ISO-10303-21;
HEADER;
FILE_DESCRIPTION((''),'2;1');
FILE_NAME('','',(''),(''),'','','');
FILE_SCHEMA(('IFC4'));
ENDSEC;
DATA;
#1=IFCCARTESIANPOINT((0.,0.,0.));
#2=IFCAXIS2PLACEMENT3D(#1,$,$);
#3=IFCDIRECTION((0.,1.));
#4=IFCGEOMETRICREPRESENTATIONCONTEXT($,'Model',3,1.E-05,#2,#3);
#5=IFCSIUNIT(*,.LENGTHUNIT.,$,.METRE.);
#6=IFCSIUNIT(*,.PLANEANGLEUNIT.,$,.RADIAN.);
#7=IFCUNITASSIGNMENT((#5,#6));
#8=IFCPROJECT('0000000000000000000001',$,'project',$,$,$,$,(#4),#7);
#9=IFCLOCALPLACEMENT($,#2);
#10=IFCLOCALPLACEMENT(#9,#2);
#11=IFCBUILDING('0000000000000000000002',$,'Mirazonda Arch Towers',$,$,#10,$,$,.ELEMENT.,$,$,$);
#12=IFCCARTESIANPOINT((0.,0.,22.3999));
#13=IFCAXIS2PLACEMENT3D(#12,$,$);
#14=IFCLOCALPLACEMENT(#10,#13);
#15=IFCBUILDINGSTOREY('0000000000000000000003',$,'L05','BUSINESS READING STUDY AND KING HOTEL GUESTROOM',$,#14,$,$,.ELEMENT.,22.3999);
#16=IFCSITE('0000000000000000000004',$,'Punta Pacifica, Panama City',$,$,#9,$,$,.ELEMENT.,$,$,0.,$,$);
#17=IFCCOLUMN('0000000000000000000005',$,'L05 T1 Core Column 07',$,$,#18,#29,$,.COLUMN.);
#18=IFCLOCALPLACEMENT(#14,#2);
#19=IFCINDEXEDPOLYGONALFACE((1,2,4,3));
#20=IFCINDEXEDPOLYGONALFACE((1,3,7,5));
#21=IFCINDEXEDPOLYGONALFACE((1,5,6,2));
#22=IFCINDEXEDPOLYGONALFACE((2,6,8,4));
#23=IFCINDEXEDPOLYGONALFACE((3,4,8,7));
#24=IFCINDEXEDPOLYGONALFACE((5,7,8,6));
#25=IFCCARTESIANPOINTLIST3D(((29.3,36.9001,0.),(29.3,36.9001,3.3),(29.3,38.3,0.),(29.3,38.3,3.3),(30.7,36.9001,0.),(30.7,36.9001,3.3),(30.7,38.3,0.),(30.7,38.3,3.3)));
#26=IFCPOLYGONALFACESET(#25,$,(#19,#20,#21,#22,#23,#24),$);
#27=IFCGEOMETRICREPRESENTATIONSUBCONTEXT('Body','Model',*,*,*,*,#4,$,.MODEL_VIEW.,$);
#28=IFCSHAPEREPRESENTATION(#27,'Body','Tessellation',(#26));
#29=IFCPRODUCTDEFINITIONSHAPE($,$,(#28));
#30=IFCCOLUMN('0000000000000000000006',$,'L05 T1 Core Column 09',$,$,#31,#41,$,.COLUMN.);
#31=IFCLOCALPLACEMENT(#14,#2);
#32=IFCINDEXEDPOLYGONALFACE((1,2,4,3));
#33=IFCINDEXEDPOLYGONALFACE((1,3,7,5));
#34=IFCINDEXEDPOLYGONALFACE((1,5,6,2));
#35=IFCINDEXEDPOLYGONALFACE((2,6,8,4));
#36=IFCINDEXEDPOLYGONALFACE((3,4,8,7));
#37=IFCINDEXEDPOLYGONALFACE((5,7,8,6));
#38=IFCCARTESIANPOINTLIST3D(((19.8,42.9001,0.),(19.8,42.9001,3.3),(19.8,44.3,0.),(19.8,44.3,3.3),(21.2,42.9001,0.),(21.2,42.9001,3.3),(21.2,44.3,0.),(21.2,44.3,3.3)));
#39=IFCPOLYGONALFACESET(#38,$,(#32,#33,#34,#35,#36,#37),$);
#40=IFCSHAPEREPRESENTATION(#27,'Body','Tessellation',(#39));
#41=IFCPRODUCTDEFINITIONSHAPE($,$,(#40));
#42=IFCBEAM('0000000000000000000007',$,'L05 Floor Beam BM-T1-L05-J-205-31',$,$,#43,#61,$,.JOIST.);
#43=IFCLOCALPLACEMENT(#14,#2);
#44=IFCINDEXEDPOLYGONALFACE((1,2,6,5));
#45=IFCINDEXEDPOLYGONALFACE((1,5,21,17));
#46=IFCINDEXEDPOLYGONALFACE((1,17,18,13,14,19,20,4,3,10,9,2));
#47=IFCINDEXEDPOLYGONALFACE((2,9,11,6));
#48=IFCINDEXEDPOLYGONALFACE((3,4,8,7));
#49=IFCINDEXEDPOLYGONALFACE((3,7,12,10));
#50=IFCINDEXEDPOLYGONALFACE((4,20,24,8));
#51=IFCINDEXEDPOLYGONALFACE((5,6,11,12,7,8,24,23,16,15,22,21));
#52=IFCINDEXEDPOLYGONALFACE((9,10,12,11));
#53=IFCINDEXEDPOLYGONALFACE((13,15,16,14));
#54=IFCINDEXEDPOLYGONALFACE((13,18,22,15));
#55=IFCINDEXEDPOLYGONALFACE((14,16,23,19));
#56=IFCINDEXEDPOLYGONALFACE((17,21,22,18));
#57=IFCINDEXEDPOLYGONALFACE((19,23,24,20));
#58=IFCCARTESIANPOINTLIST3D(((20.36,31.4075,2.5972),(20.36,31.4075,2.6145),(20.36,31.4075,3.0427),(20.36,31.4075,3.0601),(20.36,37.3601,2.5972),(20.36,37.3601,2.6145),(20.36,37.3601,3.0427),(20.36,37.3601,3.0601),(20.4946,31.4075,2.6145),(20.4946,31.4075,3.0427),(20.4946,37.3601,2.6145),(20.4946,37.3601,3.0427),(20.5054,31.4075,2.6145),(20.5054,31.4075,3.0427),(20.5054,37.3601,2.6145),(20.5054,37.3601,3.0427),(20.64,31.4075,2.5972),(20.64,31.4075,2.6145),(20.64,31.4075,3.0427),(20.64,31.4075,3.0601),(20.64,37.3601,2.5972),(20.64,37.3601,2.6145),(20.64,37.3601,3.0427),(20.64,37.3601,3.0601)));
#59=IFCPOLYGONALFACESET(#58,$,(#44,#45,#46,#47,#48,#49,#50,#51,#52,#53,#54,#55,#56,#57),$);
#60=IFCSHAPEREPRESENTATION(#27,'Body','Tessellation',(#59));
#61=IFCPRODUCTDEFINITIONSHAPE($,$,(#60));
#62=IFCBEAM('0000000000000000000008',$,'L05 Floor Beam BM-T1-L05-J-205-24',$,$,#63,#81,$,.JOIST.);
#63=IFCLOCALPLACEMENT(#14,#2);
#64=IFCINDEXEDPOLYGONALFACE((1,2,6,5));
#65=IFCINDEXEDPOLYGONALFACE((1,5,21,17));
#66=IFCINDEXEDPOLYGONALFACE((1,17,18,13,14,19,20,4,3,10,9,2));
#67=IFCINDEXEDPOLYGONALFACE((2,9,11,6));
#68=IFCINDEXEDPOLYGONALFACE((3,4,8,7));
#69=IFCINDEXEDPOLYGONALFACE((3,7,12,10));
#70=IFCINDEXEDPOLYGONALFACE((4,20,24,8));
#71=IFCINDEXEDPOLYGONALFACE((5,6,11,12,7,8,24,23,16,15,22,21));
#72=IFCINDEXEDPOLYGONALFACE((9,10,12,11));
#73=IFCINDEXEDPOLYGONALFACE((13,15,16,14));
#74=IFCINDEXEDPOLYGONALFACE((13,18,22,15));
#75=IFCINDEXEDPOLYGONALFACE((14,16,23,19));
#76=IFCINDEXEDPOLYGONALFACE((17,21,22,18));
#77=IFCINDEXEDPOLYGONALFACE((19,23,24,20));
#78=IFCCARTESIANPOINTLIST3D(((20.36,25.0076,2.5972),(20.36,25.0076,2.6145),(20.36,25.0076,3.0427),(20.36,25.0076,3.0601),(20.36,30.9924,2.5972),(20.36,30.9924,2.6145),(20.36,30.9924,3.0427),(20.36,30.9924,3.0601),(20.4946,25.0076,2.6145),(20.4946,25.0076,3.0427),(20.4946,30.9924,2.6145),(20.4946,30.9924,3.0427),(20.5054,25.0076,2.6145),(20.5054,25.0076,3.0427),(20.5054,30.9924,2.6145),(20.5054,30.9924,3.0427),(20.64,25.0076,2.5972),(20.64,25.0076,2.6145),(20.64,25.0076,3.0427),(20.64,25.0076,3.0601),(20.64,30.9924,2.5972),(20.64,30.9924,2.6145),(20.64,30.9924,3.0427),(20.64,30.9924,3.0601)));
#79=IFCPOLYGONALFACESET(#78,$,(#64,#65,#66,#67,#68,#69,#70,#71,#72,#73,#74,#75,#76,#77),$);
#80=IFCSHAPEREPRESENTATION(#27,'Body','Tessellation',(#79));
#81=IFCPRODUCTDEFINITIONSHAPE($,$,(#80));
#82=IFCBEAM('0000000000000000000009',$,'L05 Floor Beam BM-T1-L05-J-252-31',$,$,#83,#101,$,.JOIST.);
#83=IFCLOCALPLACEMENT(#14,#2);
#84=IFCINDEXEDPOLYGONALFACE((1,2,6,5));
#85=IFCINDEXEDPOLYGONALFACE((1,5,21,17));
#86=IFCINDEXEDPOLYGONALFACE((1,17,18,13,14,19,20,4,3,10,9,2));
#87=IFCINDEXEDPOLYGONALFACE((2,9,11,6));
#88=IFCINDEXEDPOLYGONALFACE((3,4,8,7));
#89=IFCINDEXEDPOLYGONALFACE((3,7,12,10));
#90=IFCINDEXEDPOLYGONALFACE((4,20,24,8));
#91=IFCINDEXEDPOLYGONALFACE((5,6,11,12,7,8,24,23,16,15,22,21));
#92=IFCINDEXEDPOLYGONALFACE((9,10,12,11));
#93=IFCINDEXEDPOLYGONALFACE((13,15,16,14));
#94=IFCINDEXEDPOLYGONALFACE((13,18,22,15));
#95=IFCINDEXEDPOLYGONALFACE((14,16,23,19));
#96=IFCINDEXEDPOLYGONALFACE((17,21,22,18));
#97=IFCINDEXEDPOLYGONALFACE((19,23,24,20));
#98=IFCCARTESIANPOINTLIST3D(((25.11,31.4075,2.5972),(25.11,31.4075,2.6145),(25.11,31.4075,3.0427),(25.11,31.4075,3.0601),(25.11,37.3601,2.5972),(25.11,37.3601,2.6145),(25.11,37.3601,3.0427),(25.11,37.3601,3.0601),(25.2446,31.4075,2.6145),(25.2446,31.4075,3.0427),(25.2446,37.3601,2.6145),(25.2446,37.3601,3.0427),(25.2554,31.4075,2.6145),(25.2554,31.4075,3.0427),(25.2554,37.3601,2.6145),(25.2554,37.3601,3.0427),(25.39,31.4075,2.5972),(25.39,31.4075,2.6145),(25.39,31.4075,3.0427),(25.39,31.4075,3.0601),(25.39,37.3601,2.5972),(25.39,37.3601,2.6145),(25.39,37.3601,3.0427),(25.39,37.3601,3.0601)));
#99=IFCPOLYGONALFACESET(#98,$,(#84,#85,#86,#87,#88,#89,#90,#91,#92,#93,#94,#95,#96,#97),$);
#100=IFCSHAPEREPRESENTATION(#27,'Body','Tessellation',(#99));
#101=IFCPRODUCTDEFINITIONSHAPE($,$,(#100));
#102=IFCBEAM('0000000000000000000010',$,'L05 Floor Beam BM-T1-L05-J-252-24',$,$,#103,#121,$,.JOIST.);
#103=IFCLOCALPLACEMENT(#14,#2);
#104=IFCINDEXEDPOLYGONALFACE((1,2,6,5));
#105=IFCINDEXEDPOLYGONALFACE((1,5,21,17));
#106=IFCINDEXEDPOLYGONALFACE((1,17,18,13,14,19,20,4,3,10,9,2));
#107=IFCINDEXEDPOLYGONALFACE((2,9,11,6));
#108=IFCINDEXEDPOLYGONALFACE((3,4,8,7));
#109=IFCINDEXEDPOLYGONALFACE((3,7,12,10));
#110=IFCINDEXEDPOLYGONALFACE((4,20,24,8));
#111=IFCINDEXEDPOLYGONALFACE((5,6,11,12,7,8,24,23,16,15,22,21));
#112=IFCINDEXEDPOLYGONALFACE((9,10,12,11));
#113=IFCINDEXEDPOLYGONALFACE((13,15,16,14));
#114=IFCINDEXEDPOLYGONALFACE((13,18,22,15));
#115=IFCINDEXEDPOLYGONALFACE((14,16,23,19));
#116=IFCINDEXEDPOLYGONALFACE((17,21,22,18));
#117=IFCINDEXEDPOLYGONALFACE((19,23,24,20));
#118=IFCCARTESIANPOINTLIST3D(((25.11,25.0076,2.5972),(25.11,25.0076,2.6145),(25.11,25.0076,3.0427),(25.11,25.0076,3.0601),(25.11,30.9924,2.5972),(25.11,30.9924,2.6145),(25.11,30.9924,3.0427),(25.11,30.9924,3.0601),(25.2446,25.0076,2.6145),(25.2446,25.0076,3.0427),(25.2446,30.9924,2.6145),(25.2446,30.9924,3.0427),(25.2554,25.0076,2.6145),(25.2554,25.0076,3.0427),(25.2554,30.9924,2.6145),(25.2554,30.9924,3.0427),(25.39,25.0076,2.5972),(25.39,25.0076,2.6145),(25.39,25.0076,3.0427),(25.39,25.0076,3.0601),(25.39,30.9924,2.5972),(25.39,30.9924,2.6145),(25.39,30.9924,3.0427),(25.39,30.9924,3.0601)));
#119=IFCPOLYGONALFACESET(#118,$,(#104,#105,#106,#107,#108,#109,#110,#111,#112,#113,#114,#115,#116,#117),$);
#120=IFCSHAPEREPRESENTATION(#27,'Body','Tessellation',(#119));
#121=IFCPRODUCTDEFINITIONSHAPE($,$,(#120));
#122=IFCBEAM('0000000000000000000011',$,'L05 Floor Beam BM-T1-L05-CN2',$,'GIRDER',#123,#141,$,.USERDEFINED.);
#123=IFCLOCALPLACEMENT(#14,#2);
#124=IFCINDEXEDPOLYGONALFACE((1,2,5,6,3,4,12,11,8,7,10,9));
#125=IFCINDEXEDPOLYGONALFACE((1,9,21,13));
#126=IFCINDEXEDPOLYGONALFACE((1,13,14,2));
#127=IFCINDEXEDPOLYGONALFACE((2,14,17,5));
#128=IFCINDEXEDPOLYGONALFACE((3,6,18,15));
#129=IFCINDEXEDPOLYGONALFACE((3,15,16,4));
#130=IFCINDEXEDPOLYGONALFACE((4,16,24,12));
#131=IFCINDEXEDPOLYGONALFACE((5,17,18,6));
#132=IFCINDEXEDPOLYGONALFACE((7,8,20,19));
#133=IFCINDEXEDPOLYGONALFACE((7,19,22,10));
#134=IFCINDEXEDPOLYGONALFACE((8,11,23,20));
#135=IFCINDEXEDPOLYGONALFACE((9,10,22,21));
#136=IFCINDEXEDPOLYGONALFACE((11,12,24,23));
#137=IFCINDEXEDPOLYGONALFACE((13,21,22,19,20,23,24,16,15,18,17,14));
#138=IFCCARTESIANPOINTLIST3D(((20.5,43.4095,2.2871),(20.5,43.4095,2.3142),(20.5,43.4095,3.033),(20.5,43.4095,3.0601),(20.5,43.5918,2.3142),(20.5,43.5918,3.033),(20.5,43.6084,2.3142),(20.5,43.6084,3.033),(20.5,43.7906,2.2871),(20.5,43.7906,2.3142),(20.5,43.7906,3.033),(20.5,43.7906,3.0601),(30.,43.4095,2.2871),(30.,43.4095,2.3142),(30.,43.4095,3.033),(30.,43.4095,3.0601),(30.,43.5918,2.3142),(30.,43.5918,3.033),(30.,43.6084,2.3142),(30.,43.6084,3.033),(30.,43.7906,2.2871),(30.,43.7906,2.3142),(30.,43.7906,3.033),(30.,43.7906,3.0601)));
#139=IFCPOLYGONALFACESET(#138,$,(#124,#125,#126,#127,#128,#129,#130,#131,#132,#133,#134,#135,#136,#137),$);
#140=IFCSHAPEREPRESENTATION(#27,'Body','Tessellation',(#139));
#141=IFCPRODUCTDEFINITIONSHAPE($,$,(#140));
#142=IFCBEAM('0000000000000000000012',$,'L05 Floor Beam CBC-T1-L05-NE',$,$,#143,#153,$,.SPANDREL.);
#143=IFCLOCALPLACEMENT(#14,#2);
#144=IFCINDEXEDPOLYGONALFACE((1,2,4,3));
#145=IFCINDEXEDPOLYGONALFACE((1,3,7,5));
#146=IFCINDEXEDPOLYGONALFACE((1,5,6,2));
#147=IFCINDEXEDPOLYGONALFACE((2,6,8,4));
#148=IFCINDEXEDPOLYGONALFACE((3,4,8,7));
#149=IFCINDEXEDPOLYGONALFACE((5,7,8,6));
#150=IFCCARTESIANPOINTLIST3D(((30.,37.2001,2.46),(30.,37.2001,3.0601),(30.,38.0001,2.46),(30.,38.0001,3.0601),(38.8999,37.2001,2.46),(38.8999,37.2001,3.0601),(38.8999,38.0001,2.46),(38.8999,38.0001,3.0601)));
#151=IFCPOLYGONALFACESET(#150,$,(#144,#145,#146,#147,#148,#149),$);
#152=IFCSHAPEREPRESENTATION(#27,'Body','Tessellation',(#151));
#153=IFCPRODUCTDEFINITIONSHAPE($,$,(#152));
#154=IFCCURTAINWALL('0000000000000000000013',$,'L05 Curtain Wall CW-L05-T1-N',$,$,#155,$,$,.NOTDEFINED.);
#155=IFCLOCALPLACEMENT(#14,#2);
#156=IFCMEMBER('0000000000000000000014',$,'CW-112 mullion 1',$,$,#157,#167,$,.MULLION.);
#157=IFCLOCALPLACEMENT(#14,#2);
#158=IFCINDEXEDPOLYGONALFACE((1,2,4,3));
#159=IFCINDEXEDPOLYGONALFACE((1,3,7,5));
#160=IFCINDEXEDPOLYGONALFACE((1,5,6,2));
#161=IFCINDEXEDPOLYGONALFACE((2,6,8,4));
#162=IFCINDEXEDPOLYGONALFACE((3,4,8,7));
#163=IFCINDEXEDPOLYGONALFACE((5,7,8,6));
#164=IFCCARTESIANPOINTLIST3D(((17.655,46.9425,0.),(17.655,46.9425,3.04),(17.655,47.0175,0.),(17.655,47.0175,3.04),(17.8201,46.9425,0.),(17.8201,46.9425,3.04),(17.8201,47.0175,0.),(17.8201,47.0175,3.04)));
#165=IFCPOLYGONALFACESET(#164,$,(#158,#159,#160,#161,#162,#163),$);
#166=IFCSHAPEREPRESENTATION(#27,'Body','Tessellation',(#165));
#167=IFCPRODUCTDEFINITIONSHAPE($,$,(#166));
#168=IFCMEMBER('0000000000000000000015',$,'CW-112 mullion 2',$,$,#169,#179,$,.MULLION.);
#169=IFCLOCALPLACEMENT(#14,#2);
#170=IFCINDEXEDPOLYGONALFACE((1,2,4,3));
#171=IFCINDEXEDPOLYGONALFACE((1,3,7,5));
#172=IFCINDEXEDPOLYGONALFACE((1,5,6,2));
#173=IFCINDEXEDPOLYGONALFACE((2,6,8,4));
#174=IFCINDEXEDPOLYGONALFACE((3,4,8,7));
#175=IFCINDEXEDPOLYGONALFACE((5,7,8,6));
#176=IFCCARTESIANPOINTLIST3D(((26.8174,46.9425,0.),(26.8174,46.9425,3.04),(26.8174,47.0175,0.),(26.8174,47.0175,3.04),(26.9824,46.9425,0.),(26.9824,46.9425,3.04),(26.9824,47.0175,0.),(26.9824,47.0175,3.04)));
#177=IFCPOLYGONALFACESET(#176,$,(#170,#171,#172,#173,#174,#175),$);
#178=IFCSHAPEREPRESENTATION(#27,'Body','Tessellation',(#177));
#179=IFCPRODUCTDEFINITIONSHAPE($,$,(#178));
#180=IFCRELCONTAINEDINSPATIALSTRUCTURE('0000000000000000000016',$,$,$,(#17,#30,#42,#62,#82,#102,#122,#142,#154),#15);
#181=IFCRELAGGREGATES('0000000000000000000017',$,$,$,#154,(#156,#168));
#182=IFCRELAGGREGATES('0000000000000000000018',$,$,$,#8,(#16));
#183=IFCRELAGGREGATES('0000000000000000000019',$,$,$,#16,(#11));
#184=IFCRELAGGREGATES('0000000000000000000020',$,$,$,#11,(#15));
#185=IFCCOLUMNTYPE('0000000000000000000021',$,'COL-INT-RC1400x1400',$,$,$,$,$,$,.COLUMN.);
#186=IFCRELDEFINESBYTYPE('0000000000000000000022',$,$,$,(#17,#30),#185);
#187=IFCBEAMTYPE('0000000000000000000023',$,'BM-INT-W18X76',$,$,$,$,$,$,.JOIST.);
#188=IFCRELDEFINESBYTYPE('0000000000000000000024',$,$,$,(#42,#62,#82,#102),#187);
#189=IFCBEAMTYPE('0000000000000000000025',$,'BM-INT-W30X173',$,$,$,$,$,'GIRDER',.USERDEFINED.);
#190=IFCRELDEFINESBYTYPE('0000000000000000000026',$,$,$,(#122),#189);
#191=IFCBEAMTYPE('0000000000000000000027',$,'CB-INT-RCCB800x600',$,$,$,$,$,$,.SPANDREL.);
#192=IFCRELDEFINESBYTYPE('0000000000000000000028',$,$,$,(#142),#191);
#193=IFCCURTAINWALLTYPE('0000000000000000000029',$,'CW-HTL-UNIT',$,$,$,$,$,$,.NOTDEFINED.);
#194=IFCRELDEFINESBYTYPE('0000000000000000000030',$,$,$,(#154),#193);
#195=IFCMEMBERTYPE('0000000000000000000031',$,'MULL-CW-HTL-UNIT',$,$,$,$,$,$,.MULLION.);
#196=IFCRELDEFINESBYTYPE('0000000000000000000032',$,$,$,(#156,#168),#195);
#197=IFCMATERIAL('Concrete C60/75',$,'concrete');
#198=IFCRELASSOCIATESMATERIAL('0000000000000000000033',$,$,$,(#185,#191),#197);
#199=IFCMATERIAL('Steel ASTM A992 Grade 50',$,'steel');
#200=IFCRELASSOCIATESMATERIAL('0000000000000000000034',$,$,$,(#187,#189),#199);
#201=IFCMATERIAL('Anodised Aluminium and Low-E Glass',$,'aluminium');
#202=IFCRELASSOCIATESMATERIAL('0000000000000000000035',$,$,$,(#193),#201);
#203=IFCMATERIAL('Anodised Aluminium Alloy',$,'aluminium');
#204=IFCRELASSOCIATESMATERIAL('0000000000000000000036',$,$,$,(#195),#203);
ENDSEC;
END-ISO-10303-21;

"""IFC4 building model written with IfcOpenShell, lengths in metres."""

from ifc_helpers import new_model, si_unit, direction, frame, origin, origin_2d, place, context, subcontext, project, spatial, rectangle, i_section, extrude, material, material_profile, profile_set, type_object, element, aggregate, save


model = new_model("IFC4")

# Units and contexts
model_context = context("Model", 3, precision=1e-05, world=origin(), true_north=direction((0.0, 1.0)))
body_context = subcontext(model_context, "Body", "Model", "MODEL_VIEW")
ifc_project = project(units=[si_unit("LENGTHUNIT", "METRE"), si_unit("PLANEANGLEUNIT", "RADIAN")], contexts=[model_context])

# Site, building, storey
site_placement = place(None, origin())
site = spatial("IfcSite", under=ifc_project, at=site_placement, Name="Punta Pacifica, Panama City", CompositionType="ELEMENT", RefElevation=0.0)
building_placement = place(site_placement, origin())
building = spatial("IfcBuilding", under=site, at=building_placement, Name="Mirazonda Arch Towers", CompositionType="ELEMENT")
storey_placement = place(building_placement, frame((0.0, 0.0, 22.3999)))
storey = spatial("IfcBuildingStorey", under=building, at=storey_placement, Name="L05", Description="BUSINESS READING STUDY AND KING HOTEL GUESTROOM", CompositionType="ELEMENT", Elevation=22.3999)

# Columns
ifc_material_1 = material(Name="Concrete C60/75", Category="concrete")
ifc_material_profile_1 = material_profile(ifc_material_1, rectangle(XDim=1.3999, YDim=1.3999, at=origin_2d()), Name="RC1400x1400")
ifc_profile_set_1 = profile_set([ifc_material_profile_1], Name="Concrete C60/75")
column_type = type_object("IfcColumnType", Name="COL-INT-RC1400x1400", PredefinedType="COLUMN", material=ifc_profile_set_1)
for number, where, z_axis, x_axis, name in (
    (1, (30.0, 37.6001, 0.0), (0.0, 0.0, 1.0), (1.0, 0.0, 0.0), "L05 T1 Core Column 07"),
    (2, (20.5, 43.6001, 0.0), (0.0, 0.0, 1.0), (1.0, 0.0, 0.0), "L05 T1 Core Column 09"),
):
    element("IfcColumn", number, at=place(storey_placement, frame(where, z_axis=z_axis, x_axis=x_axis)), inside=storey, type_object=column_type, Name=name, PredefinedType="COLUMN", context=body_context, shape_type="SweptSolid", body=[
        extrude(rectangle(XDim=1.3999, YDim=1.3999, at=origin_2d()), origin(), (0.0, 0.0, 1.0), 3.3),
    ])

# Beams
ifc_material_2 = material(Name="Steel ASTM A992 Grade 50", Category="steel")
ifc_material_profile_2 = material_profile(ifc_material_2, i_section(OverallWidth=0.28, OverallDepth=0.4629, WebThickness=0.0107, FlangeThickness=0.0173, at=origin_2d()), Name="W18X76")
ifc_profile_set_2 = profile_set([ifc_material_profile_2], Name="Steel ASTM A992 Grade 50")
beam_type_1 = type_object("IfcBeamType", Name="BM-INT-W18X76", PredefinedType="JOIST", material=ifc_profile_set_2)
beam_1_placement = place(storey_placement, frame((20.5, 31.4075, 2.8286), z_axis=(0.0, 1.0, 0.0), x_axis=(-1.0, 0.0, 0.0)))
element("IfcBeam", 3, at=beam_1_placement, inside=storey, type_object=beam_type_1, Name="L05 Floor Beam BM-T1-L05-J-205-31", PredefinedType="JOIST", context=body_context, shape_type="SweptSolid", body=[
    extrude(i_section(OverallWidth=0.28, OverallDepth=0.4629, WebThickness=0.0107, FlangeThickness=0.0173, at=origin_2d()), origin(), (0.0, 0.0, 1.0), 5.9526),
])
beam_2_placement = place(storey_placement, frame((20.5, 25.0076, 2.8286), z_axis=(0.0, 1.0, 0.0), x_axis=(-1.0, 0.0, 0.0)))
element("IfcBeam", 4, at=beam_2_placement, inside=storey, type_object=beam_type_1, Name="L05 Floor Beam BM-T1-L05-J-205-24", PredefinedType="JOIST", context=body_context, shape_type="SweptSolid", body=[
    extrude(i_section(OverallWidth=0.28, OverallDepth=0.4629, WebThickness=0.0107, FlangeThickness=0.0173, at=origin_2d()), origin(), (0.0, 0.0, 1.0), 5.9849),
])
beam_3_placement = place(storey_placement, frame((25.25, 31.4075, 2.8286), z_axis=(0.0, 1.0, 0.0), x_axis=(-1.0, 0.0, 0.0)))
element("IfcBeam", 5, at=beam_3_placement, inside=storey, type_object=beam_type_1, Name="L05 Floor Beam BM-T1-L05-J-252-31", PredefinedType="JOIST", context=body_context, shape_type="SweptSolid", body=[
    extrude(i_section(OverallWidth=0.28, OverallDepth=0.4629, WebThickness=0.0107, FlangeThickness=0.0173, at=origin_2d()), origin(), (0.0, 0.0, 1.0), 5.9526),
])
beam_4_placement = place(storey_placement, frame((25.25, 25.0076, 2.8286), z_axis=(0.0, 1.0, 0.0), x_axis=(-1.0, 0.0, 0.0)))
element("IfcBeam", 6, at=beam_4_placement, inside=storey, type_object=beam_type_1, Name="L05 Floor Beam BM-T1-L05-J-252-24", PredefinedType="JOIST", context=body_context, shape_type="SweptSolid", body=[
    extrude(i_section(OverallWidth=0.28, OverallDepth=0.4629, WebThickness=0.0107, FlangeThickness=0.0173, at=origin_2d()), origin(), (0.0, 0.0, 1.0), 5.9849),
])
ifc_material_profile_3 = material_profile(ifc_material_2, i_section(OverallWidth=0.3811, OverallDepth=0.7729, WebThickness=0.0166, FlangeThickness=0.0271, at=origin_2d()), Name="W30X173")
ifc_profile_set_3 = profile_set([ifc_material_profile_3], Name="Steel ASTM A992 Grade 50")
beam_type_2 = type_object("IfcBeamType", Name="BM-INT-W30X173", ElementType="GIRDER", PredefinedType="USERDEFINED", material=ifc_profile_set_3)
beam_5_placement = place(storey_placement, frame((20.5, 43.6001, 2.6736), z_axis=(1.0, 0.0, 0.0), x_axis=(0.0, 1.0, 0.0)))
element("IfcBeam", 7, at=beam_5_placement, inside=storey, type_object=beam_type_2, Name="L05 Floor Beam BM-T1-L05-CN2", ObjectType="GIRDER", PredefinedType="USERDEFINED", context=body_context, shape_type="SweptSolid", body=[
    extrude(i_section(OverallWidth=0.3811, OverallDepth=0.7729, WebThickness=0.0166, FlangeThickness=0.0271, at=origin_2d()), origin(), (0.0, 0.0, 1.0), 9.5),
])
ifc_material_profile_4 = material_profile(ifc_material_1, rectangle(XDim=0.8, YDim=0.6001, at=origin_2d()), Name="RCCB800x600")
ifc_profile_set_4 = profile_set([ifc_material_profile_4], Name="Concrete C60/75")
beam_type_3 = type_object("IfcBeamType", Name="CB-INT-RCCB800x600", PredefinedType="SPANDREL", material=ifc_profile_set_4)
beam_6_placement = place(storey_placement, frame((30.0, 37.6001, 2.76), z_axis=(1.0, 0.0, 0.0), x_axis=(0.0, 1.0, 0.0)))
element("IfcBeam", 8, at=beam_6_placement, inside=storey, type_object=beam_type_3, Name="L05 Floor Beam CBC-T1-L05-NE", PredefinedType="SPANDREL", context=body_context, shape_type="SweptSolid", body=[
    extrude(rectangle(XDim=0.8, YDim=0.6001, at=origin_2d()), origin(), (0.0, 0.0, 1.0), 8.8999),
])

# Curtain wall, members
ifc_material_3 = material(Name="Anodised Aluminium and Low-E Glass", Category="aluminium")
curtain_wall_type = type_object("IfcCurtainWallType", Name="CW-HTL-UNIT", PredefinedType="NOTDEFINED", material=ifc_material_3)
curtain_wall_placement = place(storey_placement, origin())
curtain_wall = element("IfcCurtainWall", 9, at=curtain_wall_placement, inside=storey, type_object=curtain_wall_type, Name="L05 Curtain Wall CW-L05-T1-N", PredefinedType="NOTDEFINED")
ifc_material_4 = material(Name="Anodised Aluminium Alloy", Category="aluminium")
ifc_material_profile_5 = material_profile(ifc_material_4, rectangle(XDim=0.075, YDim=0.165, at=origin_2d()), Name="ALU-MULL-75x165")
ifc_profile_set_5 = profile_set([ifc_material_profile_5], Name="Anodised Aluminium Alloy")
member_type_1 = type_object("IfcMemberType", Name="MULL-CW-HTL-UNIT", PredefinedType="MULLION", material=ifc_profile_set_5)
member_1_placement = place(storey_placement, frame((17.7375, 46.98, 0.0), z_axis=(0.0, 0.0, 1.0), x_axis=(0.0, 1.0, 0.0)))
member_1 = element("IfcMember", 10, at=member_1_placement, type_object=member_type_1, Name="CW-112 mullion 1", PredefinedType="MULLION", context=body_context, shape_type="SweptSolid", body=[
    extrude(rectangle(XDim=0.075, YDim=0.165, at=origin_2d()), origin(), (0.0, 0.0, 1.0), 3.04),
])
member_2_placement = place(storey_placement, frame((26.8999, 46.98, 0.0), z_axis=(0.0, 0.0, 1.0), x_axis=(0.0, 1.0, 0.0)))
member_2 = element("IfcMember", 11, at=member_2_placement, type_object=member_type_1, Name="CW-112 mullion 2", PredefinedType="MULLION", context=body_context, shape_type="SweptSolid", body=[
    extrude(rectangle(XDim=0.075, YDim=0.165, at=origin_2d()), origin(), (0.0, 0.0, 1.0), 3.04),
])
aggregate(curtain_wall, [member_1, member_2])

save(model, "model.ifc")
